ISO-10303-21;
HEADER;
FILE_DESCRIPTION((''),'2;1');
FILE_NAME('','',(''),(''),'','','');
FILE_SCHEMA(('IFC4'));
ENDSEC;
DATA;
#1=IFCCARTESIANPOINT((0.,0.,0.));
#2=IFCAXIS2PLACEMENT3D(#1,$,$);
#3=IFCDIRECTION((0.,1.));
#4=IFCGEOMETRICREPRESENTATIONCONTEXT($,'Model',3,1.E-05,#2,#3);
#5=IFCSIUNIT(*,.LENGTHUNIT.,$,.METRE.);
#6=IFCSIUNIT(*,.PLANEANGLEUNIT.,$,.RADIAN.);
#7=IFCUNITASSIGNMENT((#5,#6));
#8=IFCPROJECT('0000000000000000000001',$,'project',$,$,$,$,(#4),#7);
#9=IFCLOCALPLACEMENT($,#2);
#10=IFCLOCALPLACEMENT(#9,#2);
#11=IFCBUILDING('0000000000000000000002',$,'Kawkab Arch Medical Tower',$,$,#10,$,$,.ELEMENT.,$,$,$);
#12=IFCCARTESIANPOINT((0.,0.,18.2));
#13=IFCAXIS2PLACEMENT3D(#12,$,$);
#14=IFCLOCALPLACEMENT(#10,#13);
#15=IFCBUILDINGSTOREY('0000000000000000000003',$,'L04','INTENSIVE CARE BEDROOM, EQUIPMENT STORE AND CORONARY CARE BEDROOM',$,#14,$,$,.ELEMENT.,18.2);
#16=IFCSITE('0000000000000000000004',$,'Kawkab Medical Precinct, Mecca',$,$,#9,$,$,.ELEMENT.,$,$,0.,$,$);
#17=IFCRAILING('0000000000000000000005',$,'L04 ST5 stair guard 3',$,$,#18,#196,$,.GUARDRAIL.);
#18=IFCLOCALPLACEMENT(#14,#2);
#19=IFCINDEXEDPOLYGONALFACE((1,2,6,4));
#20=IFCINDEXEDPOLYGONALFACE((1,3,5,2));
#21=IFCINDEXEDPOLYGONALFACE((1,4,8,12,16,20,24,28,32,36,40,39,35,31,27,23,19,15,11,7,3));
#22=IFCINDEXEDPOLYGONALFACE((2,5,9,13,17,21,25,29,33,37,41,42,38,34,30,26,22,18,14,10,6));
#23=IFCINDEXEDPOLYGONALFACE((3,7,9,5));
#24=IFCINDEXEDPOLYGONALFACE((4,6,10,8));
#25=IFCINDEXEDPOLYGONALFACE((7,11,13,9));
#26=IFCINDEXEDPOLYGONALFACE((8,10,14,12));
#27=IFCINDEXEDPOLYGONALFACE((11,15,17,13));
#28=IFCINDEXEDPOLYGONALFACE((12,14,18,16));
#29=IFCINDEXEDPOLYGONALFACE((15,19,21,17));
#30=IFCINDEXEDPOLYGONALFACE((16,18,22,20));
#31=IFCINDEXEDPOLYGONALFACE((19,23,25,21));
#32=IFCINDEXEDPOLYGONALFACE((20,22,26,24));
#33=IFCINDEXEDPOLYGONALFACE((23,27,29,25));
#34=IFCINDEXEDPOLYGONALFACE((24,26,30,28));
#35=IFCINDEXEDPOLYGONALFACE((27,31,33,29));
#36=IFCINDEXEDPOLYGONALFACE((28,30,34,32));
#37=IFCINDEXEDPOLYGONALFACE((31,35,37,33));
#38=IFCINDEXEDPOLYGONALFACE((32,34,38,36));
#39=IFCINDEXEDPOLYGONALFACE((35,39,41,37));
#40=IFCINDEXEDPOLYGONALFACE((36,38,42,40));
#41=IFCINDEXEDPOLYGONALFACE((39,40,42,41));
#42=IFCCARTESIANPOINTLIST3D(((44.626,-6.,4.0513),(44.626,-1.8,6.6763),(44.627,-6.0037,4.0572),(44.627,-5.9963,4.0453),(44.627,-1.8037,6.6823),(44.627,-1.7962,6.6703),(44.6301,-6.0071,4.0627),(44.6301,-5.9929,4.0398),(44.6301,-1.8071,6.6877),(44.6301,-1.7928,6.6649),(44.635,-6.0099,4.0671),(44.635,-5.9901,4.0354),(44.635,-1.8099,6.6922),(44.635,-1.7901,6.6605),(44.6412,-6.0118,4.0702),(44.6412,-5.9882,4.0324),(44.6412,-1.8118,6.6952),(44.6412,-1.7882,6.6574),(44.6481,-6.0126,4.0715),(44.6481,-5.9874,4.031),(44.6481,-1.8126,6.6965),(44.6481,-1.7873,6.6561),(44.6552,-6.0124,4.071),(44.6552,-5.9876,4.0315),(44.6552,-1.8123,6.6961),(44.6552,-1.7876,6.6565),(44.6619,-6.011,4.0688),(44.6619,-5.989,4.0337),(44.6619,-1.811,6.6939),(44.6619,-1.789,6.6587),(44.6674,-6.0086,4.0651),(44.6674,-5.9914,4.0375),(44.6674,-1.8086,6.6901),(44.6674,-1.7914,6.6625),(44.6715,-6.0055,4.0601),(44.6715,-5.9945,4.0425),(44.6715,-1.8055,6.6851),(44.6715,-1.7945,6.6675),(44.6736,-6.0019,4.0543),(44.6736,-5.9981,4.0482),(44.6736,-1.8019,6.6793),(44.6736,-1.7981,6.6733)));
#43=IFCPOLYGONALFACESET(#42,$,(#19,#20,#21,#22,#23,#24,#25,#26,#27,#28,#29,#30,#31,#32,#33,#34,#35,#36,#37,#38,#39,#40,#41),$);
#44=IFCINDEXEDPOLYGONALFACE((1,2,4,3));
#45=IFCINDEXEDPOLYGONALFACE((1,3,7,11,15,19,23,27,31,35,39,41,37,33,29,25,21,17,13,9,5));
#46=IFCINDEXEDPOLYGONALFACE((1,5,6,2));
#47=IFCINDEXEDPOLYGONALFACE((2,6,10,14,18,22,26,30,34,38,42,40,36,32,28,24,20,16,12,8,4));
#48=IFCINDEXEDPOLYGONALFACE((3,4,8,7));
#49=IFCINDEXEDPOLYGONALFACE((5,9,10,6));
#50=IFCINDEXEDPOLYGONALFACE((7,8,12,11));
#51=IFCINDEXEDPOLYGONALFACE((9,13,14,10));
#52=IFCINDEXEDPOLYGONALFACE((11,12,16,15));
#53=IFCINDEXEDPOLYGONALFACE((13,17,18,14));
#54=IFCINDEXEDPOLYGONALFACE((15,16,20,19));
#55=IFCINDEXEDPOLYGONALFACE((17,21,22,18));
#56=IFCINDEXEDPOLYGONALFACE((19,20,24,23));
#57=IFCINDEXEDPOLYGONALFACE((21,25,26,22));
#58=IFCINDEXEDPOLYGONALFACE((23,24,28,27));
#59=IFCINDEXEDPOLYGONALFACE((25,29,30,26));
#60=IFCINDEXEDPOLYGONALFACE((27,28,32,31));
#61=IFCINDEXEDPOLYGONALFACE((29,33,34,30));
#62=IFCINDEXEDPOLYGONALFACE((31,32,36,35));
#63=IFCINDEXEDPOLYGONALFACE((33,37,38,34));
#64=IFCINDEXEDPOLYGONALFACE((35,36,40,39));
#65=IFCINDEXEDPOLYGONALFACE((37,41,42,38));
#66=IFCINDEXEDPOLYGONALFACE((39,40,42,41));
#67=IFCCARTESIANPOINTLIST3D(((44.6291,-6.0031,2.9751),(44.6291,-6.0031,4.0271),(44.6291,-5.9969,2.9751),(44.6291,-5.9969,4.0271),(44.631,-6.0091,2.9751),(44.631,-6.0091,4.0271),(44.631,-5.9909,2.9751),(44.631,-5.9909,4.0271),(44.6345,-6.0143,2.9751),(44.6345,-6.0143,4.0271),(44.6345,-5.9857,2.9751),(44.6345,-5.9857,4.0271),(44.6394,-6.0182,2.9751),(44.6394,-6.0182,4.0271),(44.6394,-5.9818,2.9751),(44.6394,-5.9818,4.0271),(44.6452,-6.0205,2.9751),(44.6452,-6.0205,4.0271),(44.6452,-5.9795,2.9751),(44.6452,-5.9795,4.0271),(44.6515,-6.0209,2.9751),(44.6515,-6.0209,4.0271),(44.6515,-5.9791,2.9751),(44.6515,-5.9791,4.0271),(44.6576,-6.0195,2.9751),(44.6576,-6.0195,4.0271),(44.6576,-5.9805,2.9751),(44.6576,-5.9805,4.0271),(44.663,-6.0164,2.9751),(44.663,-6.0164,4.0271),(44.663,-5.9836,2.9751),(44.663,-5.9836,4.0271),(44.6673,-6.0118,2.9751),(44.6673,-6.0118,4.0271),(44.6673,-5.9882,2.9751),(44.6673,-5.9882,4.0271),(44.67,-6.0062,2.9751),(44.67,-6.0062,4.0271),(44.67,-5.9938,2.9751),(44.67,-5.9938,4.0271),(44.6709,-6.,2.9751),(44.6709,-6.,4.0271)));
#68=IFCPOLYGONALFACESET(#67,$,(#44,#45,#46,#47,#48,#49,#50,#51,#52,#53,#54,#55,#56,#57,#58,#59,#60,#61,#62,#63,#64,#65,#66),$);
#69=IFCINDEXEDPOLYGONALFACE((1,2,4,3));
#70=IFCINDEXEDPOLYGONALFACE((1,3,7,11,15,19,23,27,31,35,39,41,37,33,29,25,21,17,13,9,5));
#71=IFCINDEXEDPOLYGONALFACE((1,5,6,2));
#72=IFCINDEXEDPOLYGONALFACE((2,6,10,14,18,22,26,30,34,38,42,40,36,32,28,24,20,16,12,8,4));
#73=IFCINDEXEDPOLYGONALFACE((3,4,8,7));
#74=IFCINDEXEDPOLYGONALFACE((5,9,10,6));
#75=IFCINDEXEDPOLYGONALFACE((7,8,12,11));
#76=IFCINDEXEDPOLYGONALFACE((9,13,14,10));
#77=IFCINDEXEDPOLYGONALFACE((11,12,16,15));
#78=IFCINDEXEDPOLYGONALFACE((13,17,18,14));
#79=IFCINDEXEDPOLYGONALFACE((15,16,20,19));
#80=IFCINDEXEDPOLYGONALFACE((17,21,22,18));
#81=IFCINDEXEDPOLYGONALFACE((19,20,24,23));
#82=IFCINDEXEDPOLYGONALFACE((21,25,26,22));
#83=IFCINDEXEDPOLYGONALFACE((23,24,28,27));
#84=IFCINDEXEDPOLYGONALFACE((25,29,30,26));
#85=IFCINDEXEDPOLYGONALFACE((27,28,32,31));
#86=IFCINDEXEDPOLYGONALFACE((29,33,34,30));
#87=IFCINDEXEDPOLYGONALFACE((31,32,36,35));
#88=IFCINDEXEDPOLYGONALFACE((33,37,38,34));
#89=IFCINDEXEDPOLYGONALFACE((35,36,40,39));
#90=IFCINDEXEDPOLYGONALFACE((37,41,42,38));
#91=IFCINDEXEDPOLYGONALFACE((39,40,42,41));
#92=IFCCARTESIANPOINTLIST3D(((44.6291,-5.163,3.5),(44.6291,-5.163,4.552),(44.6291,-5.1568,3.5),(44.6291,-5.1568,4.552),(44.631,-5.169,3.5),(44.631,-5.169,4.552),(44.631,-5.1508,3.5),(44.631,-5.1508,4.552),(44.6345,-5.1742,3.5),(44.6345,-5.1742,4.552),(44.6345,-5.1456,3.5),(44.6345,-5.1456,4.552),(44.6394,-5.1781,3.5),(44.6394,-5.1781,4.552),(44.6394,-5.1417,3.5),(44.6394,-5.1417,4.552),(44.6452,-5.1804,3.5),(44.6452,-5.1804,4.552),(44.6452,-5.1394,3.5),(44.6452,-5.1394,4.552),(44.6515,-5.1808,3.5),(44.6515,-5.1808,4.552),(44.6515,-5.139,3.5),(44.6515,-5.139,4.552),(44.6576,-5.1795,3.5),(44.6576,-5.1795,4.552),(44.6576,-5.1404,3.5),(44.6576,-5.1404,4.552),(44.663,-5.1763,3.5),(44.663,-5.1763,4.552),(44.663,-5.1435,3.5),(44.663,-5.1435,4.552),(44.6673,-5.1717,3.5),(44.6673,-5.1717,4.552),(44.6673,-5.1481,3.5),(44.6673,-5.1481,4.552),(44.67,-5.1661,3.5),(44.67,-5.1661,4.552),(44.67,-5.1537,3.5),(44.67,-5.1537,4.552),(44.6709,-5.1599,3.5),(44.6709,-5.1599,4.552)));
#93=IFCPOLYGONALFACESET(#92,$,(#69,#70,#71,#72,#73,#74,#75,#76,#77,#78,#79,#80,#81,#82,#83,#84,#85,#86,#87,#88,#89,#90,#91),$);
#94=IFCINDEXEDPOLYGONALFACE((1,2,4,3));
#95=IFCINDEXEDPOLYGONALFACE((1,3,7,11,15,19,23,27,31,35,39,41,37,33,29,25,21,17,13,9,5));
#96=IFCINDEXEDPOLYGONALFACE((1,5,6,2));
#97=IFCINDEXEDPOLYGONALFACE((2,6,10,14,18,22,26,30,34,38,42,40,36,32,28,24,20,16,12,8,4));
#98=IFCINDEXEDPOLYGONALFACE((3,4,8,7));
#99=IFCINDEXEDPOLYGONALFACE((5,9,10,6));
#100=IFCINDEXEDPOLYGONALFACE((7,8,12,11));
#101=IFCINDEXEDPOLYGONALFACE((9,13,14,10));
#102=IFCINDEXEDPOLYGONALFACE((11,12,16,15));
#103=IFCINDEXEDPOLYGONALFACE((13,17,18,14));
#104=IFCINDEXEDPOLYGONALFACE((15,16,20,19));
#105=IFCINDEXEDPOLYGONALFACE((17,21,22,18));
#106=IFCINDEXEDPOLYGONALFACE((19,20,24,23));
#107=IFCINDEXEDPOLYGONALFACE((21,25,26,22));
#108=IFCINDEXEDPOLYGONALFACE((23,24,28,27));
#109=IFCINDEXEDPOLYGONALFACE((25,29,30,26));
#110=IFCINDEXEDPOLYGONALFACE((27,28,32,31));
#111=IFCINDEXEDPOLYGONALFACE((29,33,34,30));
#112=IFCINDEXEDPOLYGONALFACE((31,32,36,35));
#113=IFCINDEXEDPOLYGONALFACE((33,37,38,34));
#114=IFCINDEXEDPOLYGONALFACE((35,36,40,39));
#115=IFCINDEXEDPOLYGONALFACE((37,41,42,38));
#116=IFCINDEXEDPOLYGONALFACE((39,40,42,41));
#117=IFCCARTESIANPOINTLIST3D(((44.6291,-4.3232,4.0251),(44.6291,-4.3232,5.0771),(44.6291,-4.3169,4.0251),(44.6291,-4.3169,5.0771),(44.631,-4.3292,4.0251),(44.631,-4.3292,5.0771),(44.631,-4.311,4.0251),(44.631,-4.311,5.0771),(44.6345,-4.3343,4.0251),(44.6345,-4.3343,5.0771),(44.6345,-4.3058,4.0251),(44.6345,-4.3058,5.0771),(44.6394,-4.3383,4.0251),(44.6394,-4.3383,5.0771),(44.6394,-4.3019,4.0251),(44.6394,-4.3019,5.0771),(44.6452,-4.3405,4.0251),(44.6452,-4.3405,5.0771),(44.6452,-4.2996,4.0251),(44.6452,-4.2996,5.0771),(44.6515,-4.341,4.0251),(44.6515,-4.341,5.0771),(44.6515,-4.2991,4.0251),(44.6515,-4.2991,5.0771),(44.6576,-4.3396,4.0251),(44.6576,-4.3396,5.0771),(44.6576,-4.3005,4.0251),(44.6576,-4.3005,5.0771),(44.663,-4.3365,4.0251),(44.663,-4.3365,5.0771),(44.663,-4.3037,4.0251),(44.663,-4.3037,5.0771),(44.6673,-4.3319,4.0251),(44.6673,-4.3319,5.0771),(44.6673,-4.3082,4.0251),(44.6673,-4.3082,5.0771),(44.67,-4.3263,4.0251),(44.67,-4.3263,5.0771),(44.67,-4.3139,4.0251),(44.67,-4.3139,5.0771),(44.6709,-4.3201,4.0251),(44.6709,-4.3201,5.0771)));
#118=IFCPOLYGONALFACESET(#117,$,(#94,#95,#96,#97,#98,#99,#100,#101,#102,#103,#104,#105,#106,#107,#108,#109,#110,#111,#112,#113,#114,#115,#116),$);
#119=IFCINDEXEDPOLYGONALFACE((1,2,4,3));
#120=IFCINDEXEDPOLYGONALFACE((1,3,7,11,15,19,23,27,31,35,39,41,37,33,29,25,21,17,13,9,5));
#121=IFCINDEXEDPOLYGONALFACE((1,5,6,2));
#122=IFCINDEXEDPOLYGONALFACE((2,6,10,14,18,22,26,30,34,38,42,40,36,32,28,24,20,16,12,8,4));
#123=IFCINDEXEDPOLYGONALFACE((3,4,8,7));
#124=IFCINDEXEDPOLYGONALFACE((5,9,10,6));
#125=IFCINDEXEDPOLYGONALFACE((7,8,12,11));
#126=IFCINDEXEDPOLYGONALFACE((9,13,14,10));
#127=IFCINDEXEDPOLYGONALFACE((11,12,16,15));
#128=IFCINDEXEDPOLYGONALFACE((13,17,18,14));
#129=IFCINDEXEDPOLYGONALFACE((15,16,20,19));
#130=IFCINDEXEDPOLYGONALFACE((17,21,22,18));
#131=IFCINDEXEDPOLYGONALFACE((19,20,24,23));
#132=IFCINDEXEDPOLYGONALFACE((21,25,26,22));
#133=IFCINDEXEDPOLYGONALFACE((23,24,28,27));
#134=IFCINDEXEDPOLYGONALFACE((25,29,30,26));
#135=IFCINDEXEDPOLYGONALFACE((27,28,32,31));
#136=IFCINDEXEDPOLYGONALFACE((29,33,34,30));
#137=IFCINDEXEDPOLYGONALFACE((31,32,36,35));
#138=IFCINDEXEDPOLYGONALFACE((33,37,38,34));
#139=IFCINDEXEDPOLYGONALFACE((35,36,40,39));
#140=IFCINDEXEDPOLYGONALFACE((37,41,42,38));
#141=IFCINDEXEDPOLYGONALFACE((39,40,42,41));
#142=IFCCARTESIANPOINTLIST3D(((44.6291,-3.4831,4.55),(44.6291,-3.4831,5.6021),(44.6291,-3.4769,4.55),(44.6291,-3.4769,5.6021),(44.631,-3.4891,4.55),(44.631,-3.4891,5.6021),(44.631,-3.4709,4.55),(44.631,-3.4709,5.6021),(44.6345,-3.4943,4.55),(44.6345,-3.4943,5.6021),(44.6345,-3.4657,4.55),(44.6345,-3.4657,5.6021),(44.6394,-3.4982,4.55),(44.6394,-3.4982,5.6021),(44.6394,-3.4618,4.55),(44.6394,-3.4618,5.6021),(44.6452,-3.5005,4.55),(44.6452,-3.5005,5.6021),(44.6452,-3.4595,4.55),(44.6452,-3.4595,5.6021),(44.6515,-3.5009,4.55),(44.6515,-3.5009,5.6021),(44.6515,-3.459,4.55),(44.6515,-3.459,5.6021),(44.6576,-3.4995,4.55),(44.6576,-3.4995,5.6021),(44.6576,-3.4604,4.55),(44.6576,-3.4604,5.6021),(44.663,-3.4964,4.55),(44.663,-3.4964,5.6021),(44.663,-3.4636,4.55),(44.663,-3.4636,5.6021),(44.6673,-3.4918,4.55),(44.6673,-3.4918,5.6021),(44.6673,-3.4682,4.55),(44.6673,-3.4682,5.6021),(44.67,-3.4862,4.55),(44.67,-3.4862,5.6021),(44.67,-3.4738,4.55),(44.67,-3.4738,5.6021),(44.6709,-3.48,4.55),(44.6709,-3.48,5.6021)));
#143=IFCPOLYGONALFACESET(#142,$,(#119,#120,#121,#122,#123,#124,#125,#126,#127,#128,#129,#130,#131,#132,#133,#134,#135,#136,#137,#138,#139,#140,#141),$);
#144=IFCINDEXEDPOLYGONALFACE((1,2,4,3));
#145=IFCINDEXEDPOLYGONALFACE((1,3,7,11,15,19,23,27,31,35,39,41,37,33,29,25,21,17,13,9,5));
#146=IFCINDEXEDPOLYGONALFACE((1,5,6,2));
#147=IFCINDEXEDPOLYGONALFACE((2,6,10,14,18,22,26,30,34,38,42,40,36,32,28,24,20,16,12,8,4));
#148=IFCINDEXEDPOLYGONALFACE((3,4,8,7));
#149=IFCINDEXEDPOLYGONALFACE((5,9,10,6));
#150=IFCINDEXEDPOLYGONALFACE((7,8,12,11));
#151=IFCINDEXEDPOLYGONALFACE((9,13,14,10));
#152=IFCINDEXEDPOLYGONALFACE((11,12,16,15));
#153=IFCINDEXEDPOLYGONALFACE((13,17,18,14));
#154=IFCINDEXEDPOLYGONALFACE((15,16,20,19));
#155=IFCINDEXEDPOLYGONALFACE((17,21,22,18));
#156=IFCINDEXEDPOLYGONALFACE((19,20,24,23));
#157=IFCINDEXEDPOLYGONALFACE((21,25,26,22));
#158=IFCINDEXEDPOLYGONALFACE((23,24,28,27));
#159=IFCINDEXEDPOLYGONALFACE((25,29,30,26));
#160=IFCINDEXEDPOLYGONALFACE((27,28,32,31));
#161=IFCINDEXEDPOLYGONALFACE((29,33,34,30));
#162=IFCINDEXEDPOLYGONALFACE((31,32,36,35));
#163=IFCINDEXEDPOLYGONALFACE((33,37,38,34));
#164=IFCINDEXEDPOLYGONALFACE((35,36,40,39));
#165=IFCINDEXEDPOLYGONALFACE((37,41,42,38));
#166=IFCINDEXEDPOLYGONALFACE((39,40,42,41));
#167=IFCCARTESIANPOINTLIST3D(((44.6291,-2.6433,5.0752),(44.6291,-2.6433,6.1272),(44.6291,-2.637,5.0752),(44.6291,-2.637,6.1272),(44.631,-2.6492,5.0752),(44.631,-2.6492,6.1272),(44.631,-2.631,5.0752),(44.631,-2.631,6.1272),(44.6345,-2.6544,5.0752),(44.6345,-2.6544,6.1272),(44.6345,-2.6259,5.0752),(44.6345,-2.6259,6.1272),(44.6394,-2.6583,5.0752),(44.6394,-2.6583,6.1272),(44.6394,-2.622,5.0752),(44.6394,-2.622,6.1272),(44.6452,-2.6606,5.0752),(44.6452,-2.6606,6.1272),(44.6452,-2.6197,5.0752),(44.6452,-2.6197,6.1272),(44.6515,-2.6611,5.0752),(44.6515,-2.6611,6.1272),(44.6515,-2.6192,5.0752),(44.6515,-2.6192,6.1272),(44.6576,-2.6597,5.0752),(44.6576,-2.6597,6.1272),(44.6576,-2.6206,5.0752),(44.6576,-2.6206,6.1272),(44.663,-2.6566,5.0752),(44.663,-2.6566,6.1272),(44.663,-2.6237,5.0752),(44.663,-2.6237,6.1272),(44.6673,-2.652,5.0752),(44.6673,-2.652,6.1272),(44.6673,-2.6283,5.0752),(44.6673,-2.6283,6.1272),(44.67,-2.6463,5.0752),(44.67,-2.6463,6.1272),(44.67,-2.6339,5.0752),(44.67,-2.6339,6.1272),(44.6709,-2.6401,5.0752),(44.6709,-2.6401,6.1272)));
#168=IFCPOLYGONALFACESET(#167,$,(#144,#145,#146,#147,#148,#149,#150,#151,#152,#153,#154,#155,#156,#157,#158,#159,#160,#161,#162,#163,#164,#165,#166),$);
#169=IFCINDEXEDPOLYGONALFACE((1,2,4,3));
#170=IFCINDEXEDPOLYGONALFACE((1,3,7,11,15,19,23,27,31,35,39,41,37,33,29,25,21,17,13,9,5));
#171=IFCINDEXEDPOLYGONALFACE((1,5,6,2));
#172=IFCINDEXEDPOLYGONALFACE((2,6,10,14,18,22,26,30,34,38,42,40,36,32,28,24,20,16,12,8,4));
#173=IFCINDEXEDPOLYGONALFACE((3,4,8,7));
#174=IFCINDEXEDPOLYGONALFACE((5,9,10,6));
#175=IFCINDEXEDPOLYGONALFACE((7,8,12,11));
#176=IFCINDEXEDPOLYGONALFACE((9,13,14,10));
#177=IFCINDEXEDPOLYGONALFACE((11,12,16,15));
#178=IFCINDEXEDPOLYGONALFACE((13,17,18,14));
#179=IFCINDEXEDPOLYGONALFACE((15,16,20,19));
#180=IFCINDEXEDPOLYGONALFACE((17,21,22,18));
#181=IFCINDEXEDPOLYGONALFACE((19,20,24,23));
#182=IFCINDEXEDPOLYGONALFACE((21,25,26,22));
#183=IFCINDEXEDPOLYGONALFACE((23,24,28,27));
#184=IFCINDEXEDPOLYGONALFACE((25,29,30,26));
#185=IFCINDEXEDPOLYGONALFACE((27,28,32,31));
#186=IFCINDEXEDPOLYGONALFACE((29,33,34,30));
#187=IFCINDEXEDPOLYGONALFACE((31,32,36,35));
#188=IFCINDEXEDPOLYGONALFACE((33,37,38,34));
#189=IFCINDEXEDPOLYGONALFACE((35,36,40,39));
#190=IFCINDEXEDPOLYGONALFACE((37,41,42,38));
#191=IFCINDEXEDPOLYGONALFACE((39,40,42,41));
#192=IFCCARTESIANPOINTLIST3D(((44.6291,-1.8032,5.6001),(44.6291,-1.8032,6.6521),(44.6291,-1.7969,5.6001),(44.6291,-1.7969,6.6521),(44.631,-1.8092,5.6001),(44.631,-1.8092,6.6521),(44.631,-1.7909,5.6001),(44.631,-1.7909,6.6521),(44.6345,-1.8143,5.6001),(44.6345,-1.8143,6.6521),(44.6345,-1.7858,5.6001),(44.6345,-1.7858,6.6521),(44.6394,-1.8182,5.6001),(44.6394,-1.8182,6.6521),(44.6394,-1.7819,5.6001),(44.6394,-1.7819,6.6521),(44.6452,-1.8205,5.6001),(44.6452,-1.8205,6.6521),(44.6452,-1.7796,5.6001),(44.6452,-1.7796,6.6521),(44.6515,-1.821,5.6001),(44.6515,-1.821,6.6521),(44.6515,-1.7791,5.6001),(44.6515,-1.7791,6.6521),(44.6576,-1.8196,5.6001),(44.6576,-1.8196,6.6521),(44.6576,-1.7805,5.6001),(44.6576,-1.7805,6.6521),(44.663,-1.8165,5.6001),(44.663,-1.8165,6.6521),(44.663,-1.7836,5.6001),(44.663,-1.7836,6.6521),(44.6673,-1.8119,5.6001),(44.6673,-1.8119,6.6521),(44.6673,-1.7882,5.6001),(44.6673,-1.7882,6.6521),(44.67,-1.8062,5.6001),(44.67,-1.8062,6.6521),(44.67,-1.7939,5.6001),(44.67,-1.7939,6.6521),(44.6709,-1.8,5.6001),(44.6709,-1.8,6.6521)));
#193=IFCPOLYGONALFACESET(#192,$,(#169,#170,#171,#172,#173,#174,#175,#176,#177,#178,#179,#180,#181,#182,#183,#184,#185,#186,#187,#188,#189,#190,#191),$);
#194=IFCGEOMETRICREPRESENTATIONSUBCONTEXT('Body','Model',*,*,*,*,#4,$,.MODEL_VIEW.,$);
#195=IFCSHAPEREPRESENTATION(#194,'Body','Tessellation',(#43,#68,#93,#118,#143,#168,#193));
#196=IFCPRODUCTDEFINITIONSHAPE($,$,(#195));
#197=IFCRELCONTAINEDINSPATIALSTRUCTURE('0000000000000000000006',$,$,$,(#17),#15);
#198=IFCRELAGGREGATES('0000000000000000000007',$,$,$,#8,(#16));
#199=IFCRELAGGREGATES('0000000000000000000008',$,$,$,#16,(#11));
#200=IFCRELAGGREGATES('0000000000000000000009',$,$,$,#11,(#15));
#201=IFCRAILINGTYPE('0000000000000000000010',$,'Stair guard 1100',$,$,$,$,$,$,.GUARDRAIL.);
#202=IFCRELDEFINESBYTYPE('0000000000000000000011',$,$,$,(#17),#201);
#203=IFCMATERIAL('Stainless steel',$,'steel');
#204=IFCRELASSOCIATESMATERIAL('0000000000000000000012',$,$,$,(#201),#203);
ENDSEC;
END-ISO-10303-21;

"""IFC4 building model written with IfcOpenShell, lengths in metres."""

from ifc_helpers import new_model, si_unit, direction, frame, origin, origin_2d, place, context, subcontext, project, spatial, circle, extrude, material, type_object, element, save


model = new_model("IFC4")

# Units and contexts
model_context = context("Model", 3, precision=1e-05, world=origin(), true_north=direction((0.0, 1.0)))
body_context = subcontext(model_context, "Body", "Model", "MODEL_VIEW")
ifc_project = project(units=[si_unit("LENGTHUNIT", "METRE"), si_unit("PLANEANGLEUNIT", "RADIAN")], contexts=[model_context])

# Site, building, storey
site_placement = place(None, origin())
site = spatial("IfcSite", under=ifc_project, at=site_placement, Name="Kawkab Medical Precinct, Mecca", CompositionType="ELEMENT", RefElevation=0.0)
building_placement = place(site_placement, origin())
building = spatial("IfcBuilding", under=site, at=building_placement, Name="Kawkab Arch Medical Tower", CompositionType="ELEMENT")
storey_placement = place(building_placement, frame((0.0, 0.0, 18.2)))
storey = spatial("IfcBuildingStorey", under=building, at=storey_placement, Name="L04", Description="INTENSIVE CARE BEDROOM, EQUIPMENT STORE AND CORONARY CARE BEDROOM", CompositionType="ELEMENT", Elevation=18.2)

# Railing
ifc_material_1 = material(Name="Stainless steel", Category="steel")
railing_type = type_object("IfcRailingType", Name="Stair guard 1100", PredefinedType="GUARDRAIL", material=ifc_material_1)
railing_1_placement = place(storey_placement, frame((44.6499, -6.0, 2.9751)))
element("IfcRailing", 1, at=railing_1_placement, inside=storey, type_object=railing_type, Name="L04 ST5 stair guard 3", PredefinedType="GUARDRAIL", context=body_context, shape_type="SweptSolid", body=[
    extrude(circle(Radius=0.0239, at=origin_2d()), frame((0.0, 0.0, 1.0762), z_axis=(0.0, 0.847996, 0.530003), x_axis=(-1.0, 0.0, 0.0)), (0.0, 0.0, 1.0), 4.9529),
    extrude(circle(Radius=0.021, at=origin_2d()), origin(), (0.0, 0.0, 1.0), 1.052),
    extrude(circle(Radius=0.021, at=origin_2d()), frame((0.0, 0.8401, 0.5249)), (0.0, 0.0, 1.0), 1.052),
    extrude(circle(Radius=0.021, at=origin_2d()), frame((0.0, 1.6799, 1.05)), (0.0, 0.0, 1.0), 1.052),
    extrude(circle(Radius=0.021, at=origin_2d()), frame((0.0, 2.52, 1.575)), (0.0, 0.0, 1.0), 1.052),
    extrude(circle(Radius=0.021, at=origin_2d()), frame((0.0, 3.3599, 2.1001)), (0.0, 0.0, 1.0), 1.052),
    extrude(circle(Radius=0.021, at=origin_2d()), frame((0.0, 4.2, 2.625)), (0.0, 0.0, 1.0), 1.052),
])

save(model, "model.ifc")
